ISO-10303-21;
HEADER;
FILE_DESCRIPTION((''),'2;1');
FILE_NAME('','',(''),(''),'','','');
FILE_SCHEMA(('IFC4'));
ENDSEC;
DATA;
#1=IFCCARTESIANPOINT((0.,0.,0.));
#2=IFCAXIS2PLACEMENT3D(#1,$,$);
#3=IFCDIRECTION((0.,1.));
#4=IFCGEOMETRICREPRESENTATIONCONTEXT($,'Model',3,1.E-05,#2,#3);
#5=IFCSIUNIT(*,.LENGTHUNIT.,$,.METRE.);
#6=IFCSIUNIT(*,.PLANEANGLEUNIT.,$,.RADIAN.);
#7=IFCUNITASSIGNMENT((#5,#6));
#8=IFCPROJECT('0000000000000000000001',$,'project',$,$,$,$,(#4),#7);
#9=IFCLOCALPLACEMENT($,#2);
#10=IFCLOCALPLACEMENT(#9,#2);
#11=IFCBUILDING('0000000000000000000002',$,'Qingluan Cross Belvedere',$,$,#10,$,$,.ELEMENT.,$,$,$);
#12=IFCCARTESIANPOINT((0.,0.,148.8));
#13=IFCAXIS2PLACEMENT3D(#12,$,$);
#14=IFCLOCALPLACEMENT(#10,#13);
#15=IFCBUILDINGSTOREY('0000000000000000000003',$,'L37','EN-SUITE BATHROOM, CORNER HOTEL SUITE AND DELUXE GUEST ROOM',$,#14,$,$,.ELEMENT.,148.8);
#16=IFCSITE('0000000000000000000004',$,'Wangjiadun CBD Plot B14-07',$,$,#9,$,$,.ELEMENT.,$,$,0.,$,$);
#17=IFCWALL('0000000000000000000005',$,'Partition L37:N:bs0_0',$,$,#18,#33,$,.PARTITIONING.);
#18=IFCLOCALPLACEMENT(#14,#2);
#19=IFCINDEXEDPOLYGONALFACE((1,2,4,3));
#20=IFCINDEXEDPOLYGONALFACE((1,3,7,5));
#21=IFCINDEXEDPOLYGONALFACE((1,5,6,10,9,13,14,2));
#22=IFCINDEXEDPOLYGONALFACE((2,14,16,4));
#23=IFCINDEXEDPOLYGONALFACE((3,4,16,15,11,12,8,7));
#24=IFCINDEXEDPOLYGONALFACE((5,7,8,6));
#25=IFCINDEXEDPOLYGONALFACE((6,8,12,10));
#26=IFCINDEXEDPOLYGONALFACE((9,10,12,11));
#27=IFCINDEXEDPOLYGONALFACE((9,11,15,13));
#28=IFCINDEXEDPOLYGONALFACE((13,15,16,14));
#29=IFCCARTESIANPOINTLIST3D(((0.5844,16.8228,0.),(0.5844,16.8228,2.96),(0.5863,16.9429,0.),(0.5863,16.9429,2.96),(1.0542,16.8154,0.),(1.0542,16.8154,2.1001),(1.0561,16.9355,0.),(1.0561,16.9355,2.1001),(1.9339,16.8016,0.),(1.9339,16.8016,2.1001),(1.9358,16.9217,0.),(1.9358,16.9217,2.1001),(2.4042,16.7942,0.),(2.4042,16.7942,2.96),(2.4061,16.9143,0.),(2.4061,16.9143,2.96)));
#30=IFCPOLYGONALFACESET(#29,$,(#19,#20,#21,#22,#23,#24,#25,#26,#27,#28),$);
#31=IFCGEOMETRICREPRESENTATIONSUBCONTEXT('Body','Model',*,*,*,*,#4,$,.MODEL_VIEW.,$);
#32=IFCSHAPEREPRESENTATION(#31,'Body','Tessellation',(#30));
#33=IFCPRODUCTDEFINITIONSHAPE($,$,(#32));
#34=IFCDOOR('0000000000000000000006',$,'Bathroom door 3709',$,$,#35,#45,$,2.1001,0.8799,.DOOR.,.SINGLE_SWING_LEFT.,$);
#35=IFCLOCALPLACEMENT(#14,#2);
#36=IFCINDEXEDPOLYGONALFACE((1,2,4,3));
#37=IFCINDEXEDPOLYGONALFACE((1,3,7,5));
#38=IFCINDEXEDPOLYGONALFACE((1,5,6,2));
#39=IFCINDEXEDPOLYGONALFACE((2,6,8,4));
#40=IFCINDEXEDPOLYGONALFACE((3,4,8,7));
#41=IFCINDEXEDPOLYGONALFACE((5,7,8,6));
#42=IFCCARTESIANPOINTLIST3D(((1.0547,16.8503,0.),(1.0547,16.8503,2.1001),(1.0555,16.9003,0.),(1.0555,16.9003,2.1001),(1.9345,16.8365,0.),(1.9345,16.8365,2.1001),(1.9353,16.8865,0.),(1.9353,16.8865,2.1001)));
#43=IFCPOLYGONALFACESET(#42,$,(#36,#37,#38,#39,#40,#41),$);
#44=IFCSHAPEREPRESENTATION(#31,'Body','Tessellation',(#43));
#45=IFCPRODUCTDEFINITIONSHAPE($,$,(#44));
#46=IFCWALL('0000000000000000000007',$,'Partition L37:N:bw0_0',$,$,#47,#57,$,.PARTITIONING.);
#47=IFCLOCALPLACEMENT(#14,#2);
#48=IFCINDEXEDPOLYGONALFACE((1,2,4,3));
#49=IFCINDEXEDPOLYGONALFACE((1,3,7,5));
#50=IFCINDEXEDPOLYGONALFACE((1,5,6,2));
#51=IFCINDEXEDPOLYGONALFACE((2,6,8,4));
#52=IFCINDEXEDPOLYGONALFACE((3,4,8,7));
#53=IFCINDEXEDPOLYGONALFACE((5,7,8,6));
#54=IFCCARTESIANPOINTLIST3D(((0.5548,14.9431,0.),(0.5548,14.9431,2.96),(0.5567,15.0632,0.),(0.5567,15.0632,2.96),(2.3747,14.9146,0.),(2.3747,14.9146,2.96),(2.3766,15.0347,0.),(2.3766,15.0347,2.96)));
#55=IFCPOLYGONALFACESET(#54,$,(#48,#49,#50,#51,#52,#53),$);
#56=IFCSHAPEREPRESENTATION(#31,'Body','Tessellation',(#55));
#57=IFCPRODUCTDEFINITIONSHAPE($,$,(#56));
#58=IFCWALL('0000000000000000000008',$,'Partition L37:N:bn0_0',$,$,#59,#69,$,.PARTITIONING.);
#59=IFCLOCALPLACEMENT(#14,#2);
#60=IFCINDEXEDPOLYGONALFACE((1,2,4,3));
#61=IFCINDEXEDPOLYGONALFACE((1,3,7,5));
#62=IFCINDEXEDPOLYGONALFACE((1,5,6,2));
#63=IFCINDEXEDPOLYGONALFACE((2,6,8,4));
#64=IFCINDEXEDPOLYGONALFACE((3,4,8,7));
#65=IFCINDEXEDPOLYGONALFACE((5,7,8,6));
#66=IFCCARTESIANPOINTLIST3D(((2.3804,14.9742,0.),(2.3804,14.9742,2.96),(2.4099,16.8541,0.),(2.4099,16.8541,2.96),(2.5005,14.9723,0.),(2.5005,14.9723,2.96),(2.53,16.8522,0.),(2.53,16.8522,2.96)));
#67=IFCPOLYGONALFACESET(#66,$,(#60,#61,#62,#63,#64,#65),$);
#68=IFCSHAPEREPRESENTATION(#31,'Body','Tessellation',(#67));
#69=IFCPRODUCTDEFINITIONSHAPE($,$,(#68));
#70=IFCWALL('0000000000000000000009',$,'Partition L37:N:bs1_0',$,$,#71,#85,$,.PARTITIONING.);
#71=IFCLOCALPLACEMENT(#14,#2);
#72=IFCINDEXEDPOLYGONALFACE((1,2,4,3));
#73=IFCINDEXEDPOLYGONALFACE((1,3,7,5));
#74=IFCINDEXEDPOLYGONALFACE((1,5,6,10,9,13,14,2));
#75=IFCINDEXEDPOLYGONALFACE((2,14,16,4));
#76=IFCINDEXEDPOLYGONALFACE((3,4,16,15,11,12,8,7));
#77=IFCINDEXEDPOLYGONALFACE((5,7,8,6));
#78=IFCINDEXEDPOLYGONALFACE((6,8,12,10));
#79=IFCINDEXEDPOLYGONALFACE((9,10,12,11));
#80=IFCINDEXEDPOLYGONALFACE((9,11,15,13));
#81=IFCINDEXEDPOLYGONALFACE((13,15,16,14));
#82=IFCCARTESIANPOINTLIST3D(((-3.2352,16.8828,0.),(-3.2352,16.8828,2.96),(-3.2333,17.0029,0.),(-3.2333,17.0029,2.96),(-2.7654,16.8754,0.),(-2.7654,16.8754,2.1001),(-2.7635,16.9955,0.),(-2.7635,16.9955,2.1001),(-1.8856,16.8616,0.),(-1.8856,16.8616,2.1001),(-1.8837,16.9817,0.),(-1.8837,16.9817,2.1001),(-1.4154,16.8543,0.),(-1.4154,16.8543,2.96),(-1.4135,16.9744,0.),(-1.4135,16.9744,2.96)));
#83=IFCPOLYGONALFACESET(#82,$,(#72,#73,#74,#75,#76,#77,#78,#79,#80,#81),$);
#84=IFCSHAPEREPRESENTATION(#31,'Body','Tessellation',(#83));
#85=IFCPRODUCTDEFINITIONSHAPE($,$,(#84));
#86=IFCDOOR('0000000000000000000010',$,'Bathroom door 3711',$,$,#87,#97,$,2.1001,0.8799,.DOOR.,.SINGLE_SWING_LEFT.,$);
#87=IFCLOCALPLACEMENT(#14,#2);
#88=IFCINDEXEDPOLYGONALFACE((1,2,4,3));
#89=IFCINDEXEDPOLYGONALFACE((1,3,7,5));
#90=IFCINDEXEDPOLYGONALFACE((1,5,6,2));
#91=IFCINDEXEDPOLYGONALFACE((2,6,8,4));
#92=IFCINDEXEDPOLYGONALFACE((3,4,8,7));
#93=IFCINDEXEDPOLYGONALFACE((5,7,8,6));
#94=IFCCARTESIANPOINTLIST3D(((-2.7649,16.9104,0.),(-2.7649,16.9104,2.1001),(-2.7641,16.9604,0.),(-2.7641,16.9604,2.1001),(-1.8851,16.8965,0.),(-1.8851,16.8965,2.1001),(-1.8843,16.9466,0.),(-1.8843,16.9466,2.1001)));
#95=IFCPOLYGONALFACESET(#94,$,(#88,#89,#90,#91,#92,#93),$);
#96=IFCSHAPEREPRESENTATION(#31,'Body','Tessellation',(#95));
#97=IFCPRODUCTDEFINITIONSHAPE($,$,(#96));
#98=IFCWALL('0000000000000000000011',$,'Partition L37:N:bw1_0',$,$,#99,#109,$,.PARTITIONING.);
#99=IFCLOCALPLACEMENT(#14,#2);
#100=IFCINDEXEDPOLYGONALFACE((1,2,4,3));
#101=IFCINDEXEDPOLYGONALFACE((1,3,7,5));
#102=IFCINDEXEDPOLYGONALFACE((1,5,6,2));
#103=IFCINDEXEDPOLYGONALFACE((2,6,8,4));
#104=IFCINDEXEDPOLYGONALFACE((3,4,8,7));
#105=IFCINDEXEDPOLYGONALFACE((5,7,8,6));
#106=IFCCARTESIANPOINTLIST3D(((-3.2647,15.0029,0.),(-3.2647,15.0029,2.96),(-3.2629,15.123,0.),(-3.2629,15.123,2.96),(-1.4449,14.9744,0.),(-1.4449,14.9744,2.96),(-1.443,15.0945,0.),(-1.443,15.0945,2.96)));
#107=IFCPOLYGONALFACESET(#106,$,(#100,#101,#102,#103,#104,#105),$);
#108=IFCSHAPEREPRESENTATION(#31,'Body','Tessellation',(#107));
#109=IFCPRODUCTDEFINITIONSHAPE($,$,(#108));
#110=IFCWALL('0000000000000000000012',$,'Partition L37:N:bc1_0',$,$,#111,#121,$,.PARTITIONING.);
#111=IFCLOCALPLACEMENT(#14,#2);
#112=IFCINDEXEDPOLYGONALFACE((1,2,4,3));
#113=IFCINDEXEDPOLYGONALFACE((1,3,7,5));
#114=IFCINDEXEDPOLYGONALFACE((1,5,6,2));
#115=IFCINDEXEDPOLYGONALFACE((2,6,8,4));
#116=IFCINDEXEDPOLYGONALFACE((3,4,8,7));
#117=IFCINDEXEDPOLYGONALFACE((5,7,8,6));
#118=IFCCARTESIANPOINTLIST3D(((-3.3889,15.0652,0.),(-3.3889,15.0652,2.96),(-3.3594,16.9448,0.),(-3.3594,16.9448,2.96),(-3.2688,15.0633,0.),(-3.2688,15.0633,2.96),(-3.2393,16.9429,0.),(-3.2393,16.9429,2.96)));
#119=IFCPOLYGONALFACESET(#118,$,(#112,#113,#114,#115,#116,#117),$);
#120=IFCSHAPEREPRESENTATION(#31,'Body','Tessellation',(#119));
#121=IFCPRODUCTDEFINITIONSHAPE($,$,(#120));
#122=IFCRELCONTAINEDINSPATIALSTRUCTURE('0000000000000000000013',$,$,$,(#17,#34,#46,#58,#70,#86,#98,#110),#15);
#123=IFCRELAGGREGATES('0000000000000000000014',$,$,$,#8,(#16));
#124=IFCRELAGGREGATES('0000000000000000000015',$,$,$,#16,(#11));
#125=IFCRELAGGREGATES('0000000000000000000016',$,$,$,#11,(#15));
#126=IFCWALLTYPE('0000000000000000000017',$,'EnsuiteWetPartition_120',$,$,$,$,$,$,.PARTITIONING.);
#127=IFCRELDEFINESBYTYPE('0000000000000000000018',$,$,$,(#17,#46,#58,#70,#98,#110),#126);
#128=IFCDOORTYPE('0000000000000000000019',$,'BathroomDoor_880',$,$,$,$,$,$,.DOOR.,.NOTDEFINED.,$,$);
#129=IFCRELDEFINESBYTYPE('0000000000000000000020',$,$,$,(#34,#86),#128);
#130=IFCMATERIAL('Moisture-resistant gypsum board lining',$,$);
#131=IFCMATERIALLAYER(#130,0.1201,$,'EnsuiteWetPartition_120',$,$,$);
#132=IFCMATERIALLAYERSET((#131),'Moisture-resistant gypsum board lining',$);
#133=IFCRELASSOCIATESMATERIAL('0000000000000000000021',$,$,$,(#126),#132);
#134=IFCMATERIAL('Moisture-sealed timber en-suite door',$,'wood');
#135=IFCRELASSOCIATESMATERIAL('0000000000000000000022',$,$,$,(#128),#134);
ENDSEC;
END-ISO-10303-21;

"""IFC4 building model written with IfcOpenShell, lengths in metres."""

from ifc_helpers import new_model, si_unit, direction, frame, frame_2d, origin, place, context, subcontext, project, spatial, rectangle, extrude, material, layer, layer_set, type_object, element, fill, save


model = new_model("IFC4")

# Units and contexts
model_context = context("Model", 3, precision=1e-05, world=origin(), true_north=direction((0.0, 1.0)))
body_context = subcontext(model_context, "Body", "Model", "MODEL_VIEW")
ifc_project = project(units=[si_unit("LENGTHUNIT", "METRE"), si_unit("PLANEANGLEUNIT", "RADIAN")], contexts=[model_context])

# Site, building, storey
site_placement = place(None, origin())
site = spatial("IfcSite", under=ifc_project, at=site_placement, Name="Wangjiadun CBD Plot B14-07", CompositionType="ELEMENT", RefElevation=0.0)
building_placement = place(site_placement, origin())
building = spatial("IfcBuilding", under=site, at=building_placement, Name="Qingluan Cross Belvedere", CompositionType="ELEMENT")
storey_placement = place(building_placement, frame((0.0, 0.0, 148.8)))
storey = spatial("IfcBuildingStorey", under=building, at=storey_placement, Name="L37", Description="EN-SUITE BATHROOM, CORNER HOTEL SUITE AND DELUXE GUEST ROOM", CompositionType="ELEMENT", Elevation=148.8)

# Wall, opening, door
ifc_material_1 = material(Name="Moisture-resistant gypsum board lining")
ifc_layer_1 = layer(ifc_material_1, 0.1201, Name="EnsuiteWetPartition_120")
ifc_layer_set_1 = layer_set([ifc_layer_1], Name="Moisture-resistant gypsum board lining")
wall_type_1 = type_object("IfcWallType", Name="EnsuiteWetPartition_120", PredefinedType="PARTITIONING", material=ifc_layer_set_1)
wall_1_placement = place(storey_placement, frame((0.5852, 16.8828, 0.0), z_axis=(0.0, 0.0, 1.0), x_axis=(0.999877, -0.015694, 0.0)))
wall_1 = element("IfcWall", 1, at=wall_1_placement, inside=storey, type_object=wall_type_1, Name="Partition L37:N:bs0_0", PredefinedType="PARTITIONING", context=body_context, shape_type="SweptSolid", body=[
    extrude(rectangle(XDim=1.8201, YDim=0.1201, at=frame_2d((0.9102, 0.0))), origin(), (0.0, 0.0, 1.0), 2.96),
])
opening_1_placement = place(wall_1_placement, frame((0.47, 0.0, 0.0)))
opening_1 = element("IfcOpeningElement", 2, at=opening_1_placement, cuts=wall_1, PredefinedType="OPENING", context=body_context, shape_type="SweptSolid", body=[
    extrude(rectangle(XDim=0.8799, YDim=2.1001, at=frame_2d((0.4399, 1.05))), frame((0.0, 0.0701, 0.0), z_axis=(0.0, -1.0, 0.0), x_axis=(1.0, 0.0, 0.0)), (0.0, 0.0, 1.0), 0.1401),
])
ifc_material_2 = material(Name="Moisture-sealed timber en-suite door", Category="wood")
door_type_1 = type_object("IfcDoorType", Name="BathroomDoor_880", OperationType="NOTDEFINED", PredefinedType="DOOR", material=ifc_material_2)
door_1_placement = place(opening_1_placement, origin())
door_1 = element("IfcDoor", 3, at=door_1_placement, inside=storey, type_object=door_type_1, Name="Bathroom door 3709", OperationType="SINGLE_SWING_LEFT", OverallHeight=2.1001, OverallWidth=0.8799, PredefinedType="DOOR", context=body_context, shape_type="SweptSolid", body=[
    extrude(rectangle(XDim=0.8799, YDim=2.1001, at=frame_2d((0.4399, 1.05))), frame((0.0, 0.0249, 0.0), z_axis=(0.0, -1.0, 0.0), x_axis=(1.0, 0.0, 0.0)), (0.0, 0.0, 1.0), 0.05),
])
fill(opening_1, door_1)

# Walls
wall_2_placement = place(storey_placement, frame((0.5557, 15.0032, 0.0), z_axis=(0.0, 0.0, 1.0), x_axis=(0.999877, -0.015694, 0.0)))
element("IfcWall", 4, at=wall_2_placement, inside=storey, type_object=wall_type_1, Name="Partition L37:N:bw0_0", PredefinedType="PARTITIONING", context=body_context, shape_type="SweptSolid", body=[
    extrude(rectangle(XDim=1.8201, YDim=0.1201, at=frame_2d((0.9102, 0.0))), origin(), (0.0, 0.0, 1.0), 2.96),
])
wall_3_placement = place(storey_placement, frame((2.4404, 14.9734, 0.0), z_axis=(0.0, 0.0, 1.0), x_axis=(0.015712, 0.999877, 0.0)))
element("IfcWall", 5, at=wall_3_placement, inside=storey, type_object=wall_type_1, Name="Partition L37:N:bn0_0", PredefinedType="PARTITIONING", context=body_context, shape_type="SweptSolid", body=[
    extrude(rectangle(XDim=1.8801, YDim=0.1201, at=frame_2d((0.9399, 0.0))), origin(), (0.0, 0.0, 1.0), 2.96),
])

# Wall, opening, door
wall_4_placement = place(storey_placement, frame((-3.2344, 16.9429, 0.0), z_axis=(0.0, 0.0, 1.0), x_axis=(0.999877, -0.015694, 0.0)))
wall_4 = element("IfcWall", 6, at=wall_4_placement, inside=storey, type_object=wall_type_1, Name="Partition L37:N:bs1_0", PredefinedType="PARTITIONING", context=body_context, shape_type="SweptSolid", body=[
    extrude(rectangle(XDim=1.8201, YDim=0.1201, at=frame_2d((0.9102, 0.0))), origin(), (0.0, 0.0, 1.0), 2.96),
])
opening_2_placement = place(wall_4_placement, frame((0.47, 0.0, 0.0)))
opening_2 = element("IfcOpeningElement", 7, at=opening_2_placement, cuts=wall_4, PredefinedType="OPENING", context=body_context, shape_type="SweptSolid", body=[
    extrude(rectangle(XDim=0.8799, YDim=2.1001, at=frame_2d((0.4399, 1.05))), frame((0.0, 0.0701, 0.0), z_axis=(0.0, -1.0, 0.0), x_axis=(1.0, 0.0, 0.0)), (0.0, 0.0, 1.0), 0.1401),
])
door_2_placement = place(opening_2_placement, origin())
door_2 = element("IfcDoor", 8, at=door_2_placement, inside=storey, type_object=door_type_1, Name="Bathroom door 3711", OperationType="SINGLE_SWING_LEFT", OverallHeight=2.1001, OverallWidth=0.8799, PredefinedType="DOOR", context=body_context, shape_type="SweptSolid", body=[
    extrude(rectangle(XDim=0.8799, YDim=2.1001, at=frame_2d((0.4399, 1.05))), frame((0.0, 0.0249, 0.0), z_axis=(0.0, -1.0, 0.0), x_axis=(1.0, 0.0, 0.0)), (0.0, 0.0, 1.0), 0.05),
])
fill(opening_2, door_2)

# Walls
wall_5_placement = place(storey_placement, frame((-3.2639, 15.063, 0.0), z_axis=(0.0, 0.0, 1.0), x_axis=(0.999877, -0.015694, 0.0)))
element("IfcWall", 9, at=wall_5_placement, inside=storey, type_object=wall_type_1, Name="Partition L37:N:bw1_0", PredefinedType="PARTITIONING", context=body_context, shape_type="SweptSolid", body=[
    extrude(rectangle(XDim=1.8201, YDim=0.1201, at=frame_2d((0.9102, 0.0))), origin(), (0.0, 0.0, 1.0), 2.96),
])
wall_6_placement = place(storey_placement, frame((-3.3289, 15.0642, 0.0), z_axis=(0.0, 0.0, 1.0), x_axis=(0.015714, 0.999877, 0.0)))
element("IfcWall", 10, at=wall_6_placement, inside=storey, type_object=wall_type_1, Name="Partition L37:N:bc1_0", PredefinedType="PARTITIONING", context=body_context, shape_type="SweptSolid", body=[
    extrude(rectangle(XDim=1.8799, YDim=0.1201, at=frame_2d((0.9399, 0.0))), origin(), (0.0, 0.0, 1.0), 2.96),
])

save(model, "model.ifc")
